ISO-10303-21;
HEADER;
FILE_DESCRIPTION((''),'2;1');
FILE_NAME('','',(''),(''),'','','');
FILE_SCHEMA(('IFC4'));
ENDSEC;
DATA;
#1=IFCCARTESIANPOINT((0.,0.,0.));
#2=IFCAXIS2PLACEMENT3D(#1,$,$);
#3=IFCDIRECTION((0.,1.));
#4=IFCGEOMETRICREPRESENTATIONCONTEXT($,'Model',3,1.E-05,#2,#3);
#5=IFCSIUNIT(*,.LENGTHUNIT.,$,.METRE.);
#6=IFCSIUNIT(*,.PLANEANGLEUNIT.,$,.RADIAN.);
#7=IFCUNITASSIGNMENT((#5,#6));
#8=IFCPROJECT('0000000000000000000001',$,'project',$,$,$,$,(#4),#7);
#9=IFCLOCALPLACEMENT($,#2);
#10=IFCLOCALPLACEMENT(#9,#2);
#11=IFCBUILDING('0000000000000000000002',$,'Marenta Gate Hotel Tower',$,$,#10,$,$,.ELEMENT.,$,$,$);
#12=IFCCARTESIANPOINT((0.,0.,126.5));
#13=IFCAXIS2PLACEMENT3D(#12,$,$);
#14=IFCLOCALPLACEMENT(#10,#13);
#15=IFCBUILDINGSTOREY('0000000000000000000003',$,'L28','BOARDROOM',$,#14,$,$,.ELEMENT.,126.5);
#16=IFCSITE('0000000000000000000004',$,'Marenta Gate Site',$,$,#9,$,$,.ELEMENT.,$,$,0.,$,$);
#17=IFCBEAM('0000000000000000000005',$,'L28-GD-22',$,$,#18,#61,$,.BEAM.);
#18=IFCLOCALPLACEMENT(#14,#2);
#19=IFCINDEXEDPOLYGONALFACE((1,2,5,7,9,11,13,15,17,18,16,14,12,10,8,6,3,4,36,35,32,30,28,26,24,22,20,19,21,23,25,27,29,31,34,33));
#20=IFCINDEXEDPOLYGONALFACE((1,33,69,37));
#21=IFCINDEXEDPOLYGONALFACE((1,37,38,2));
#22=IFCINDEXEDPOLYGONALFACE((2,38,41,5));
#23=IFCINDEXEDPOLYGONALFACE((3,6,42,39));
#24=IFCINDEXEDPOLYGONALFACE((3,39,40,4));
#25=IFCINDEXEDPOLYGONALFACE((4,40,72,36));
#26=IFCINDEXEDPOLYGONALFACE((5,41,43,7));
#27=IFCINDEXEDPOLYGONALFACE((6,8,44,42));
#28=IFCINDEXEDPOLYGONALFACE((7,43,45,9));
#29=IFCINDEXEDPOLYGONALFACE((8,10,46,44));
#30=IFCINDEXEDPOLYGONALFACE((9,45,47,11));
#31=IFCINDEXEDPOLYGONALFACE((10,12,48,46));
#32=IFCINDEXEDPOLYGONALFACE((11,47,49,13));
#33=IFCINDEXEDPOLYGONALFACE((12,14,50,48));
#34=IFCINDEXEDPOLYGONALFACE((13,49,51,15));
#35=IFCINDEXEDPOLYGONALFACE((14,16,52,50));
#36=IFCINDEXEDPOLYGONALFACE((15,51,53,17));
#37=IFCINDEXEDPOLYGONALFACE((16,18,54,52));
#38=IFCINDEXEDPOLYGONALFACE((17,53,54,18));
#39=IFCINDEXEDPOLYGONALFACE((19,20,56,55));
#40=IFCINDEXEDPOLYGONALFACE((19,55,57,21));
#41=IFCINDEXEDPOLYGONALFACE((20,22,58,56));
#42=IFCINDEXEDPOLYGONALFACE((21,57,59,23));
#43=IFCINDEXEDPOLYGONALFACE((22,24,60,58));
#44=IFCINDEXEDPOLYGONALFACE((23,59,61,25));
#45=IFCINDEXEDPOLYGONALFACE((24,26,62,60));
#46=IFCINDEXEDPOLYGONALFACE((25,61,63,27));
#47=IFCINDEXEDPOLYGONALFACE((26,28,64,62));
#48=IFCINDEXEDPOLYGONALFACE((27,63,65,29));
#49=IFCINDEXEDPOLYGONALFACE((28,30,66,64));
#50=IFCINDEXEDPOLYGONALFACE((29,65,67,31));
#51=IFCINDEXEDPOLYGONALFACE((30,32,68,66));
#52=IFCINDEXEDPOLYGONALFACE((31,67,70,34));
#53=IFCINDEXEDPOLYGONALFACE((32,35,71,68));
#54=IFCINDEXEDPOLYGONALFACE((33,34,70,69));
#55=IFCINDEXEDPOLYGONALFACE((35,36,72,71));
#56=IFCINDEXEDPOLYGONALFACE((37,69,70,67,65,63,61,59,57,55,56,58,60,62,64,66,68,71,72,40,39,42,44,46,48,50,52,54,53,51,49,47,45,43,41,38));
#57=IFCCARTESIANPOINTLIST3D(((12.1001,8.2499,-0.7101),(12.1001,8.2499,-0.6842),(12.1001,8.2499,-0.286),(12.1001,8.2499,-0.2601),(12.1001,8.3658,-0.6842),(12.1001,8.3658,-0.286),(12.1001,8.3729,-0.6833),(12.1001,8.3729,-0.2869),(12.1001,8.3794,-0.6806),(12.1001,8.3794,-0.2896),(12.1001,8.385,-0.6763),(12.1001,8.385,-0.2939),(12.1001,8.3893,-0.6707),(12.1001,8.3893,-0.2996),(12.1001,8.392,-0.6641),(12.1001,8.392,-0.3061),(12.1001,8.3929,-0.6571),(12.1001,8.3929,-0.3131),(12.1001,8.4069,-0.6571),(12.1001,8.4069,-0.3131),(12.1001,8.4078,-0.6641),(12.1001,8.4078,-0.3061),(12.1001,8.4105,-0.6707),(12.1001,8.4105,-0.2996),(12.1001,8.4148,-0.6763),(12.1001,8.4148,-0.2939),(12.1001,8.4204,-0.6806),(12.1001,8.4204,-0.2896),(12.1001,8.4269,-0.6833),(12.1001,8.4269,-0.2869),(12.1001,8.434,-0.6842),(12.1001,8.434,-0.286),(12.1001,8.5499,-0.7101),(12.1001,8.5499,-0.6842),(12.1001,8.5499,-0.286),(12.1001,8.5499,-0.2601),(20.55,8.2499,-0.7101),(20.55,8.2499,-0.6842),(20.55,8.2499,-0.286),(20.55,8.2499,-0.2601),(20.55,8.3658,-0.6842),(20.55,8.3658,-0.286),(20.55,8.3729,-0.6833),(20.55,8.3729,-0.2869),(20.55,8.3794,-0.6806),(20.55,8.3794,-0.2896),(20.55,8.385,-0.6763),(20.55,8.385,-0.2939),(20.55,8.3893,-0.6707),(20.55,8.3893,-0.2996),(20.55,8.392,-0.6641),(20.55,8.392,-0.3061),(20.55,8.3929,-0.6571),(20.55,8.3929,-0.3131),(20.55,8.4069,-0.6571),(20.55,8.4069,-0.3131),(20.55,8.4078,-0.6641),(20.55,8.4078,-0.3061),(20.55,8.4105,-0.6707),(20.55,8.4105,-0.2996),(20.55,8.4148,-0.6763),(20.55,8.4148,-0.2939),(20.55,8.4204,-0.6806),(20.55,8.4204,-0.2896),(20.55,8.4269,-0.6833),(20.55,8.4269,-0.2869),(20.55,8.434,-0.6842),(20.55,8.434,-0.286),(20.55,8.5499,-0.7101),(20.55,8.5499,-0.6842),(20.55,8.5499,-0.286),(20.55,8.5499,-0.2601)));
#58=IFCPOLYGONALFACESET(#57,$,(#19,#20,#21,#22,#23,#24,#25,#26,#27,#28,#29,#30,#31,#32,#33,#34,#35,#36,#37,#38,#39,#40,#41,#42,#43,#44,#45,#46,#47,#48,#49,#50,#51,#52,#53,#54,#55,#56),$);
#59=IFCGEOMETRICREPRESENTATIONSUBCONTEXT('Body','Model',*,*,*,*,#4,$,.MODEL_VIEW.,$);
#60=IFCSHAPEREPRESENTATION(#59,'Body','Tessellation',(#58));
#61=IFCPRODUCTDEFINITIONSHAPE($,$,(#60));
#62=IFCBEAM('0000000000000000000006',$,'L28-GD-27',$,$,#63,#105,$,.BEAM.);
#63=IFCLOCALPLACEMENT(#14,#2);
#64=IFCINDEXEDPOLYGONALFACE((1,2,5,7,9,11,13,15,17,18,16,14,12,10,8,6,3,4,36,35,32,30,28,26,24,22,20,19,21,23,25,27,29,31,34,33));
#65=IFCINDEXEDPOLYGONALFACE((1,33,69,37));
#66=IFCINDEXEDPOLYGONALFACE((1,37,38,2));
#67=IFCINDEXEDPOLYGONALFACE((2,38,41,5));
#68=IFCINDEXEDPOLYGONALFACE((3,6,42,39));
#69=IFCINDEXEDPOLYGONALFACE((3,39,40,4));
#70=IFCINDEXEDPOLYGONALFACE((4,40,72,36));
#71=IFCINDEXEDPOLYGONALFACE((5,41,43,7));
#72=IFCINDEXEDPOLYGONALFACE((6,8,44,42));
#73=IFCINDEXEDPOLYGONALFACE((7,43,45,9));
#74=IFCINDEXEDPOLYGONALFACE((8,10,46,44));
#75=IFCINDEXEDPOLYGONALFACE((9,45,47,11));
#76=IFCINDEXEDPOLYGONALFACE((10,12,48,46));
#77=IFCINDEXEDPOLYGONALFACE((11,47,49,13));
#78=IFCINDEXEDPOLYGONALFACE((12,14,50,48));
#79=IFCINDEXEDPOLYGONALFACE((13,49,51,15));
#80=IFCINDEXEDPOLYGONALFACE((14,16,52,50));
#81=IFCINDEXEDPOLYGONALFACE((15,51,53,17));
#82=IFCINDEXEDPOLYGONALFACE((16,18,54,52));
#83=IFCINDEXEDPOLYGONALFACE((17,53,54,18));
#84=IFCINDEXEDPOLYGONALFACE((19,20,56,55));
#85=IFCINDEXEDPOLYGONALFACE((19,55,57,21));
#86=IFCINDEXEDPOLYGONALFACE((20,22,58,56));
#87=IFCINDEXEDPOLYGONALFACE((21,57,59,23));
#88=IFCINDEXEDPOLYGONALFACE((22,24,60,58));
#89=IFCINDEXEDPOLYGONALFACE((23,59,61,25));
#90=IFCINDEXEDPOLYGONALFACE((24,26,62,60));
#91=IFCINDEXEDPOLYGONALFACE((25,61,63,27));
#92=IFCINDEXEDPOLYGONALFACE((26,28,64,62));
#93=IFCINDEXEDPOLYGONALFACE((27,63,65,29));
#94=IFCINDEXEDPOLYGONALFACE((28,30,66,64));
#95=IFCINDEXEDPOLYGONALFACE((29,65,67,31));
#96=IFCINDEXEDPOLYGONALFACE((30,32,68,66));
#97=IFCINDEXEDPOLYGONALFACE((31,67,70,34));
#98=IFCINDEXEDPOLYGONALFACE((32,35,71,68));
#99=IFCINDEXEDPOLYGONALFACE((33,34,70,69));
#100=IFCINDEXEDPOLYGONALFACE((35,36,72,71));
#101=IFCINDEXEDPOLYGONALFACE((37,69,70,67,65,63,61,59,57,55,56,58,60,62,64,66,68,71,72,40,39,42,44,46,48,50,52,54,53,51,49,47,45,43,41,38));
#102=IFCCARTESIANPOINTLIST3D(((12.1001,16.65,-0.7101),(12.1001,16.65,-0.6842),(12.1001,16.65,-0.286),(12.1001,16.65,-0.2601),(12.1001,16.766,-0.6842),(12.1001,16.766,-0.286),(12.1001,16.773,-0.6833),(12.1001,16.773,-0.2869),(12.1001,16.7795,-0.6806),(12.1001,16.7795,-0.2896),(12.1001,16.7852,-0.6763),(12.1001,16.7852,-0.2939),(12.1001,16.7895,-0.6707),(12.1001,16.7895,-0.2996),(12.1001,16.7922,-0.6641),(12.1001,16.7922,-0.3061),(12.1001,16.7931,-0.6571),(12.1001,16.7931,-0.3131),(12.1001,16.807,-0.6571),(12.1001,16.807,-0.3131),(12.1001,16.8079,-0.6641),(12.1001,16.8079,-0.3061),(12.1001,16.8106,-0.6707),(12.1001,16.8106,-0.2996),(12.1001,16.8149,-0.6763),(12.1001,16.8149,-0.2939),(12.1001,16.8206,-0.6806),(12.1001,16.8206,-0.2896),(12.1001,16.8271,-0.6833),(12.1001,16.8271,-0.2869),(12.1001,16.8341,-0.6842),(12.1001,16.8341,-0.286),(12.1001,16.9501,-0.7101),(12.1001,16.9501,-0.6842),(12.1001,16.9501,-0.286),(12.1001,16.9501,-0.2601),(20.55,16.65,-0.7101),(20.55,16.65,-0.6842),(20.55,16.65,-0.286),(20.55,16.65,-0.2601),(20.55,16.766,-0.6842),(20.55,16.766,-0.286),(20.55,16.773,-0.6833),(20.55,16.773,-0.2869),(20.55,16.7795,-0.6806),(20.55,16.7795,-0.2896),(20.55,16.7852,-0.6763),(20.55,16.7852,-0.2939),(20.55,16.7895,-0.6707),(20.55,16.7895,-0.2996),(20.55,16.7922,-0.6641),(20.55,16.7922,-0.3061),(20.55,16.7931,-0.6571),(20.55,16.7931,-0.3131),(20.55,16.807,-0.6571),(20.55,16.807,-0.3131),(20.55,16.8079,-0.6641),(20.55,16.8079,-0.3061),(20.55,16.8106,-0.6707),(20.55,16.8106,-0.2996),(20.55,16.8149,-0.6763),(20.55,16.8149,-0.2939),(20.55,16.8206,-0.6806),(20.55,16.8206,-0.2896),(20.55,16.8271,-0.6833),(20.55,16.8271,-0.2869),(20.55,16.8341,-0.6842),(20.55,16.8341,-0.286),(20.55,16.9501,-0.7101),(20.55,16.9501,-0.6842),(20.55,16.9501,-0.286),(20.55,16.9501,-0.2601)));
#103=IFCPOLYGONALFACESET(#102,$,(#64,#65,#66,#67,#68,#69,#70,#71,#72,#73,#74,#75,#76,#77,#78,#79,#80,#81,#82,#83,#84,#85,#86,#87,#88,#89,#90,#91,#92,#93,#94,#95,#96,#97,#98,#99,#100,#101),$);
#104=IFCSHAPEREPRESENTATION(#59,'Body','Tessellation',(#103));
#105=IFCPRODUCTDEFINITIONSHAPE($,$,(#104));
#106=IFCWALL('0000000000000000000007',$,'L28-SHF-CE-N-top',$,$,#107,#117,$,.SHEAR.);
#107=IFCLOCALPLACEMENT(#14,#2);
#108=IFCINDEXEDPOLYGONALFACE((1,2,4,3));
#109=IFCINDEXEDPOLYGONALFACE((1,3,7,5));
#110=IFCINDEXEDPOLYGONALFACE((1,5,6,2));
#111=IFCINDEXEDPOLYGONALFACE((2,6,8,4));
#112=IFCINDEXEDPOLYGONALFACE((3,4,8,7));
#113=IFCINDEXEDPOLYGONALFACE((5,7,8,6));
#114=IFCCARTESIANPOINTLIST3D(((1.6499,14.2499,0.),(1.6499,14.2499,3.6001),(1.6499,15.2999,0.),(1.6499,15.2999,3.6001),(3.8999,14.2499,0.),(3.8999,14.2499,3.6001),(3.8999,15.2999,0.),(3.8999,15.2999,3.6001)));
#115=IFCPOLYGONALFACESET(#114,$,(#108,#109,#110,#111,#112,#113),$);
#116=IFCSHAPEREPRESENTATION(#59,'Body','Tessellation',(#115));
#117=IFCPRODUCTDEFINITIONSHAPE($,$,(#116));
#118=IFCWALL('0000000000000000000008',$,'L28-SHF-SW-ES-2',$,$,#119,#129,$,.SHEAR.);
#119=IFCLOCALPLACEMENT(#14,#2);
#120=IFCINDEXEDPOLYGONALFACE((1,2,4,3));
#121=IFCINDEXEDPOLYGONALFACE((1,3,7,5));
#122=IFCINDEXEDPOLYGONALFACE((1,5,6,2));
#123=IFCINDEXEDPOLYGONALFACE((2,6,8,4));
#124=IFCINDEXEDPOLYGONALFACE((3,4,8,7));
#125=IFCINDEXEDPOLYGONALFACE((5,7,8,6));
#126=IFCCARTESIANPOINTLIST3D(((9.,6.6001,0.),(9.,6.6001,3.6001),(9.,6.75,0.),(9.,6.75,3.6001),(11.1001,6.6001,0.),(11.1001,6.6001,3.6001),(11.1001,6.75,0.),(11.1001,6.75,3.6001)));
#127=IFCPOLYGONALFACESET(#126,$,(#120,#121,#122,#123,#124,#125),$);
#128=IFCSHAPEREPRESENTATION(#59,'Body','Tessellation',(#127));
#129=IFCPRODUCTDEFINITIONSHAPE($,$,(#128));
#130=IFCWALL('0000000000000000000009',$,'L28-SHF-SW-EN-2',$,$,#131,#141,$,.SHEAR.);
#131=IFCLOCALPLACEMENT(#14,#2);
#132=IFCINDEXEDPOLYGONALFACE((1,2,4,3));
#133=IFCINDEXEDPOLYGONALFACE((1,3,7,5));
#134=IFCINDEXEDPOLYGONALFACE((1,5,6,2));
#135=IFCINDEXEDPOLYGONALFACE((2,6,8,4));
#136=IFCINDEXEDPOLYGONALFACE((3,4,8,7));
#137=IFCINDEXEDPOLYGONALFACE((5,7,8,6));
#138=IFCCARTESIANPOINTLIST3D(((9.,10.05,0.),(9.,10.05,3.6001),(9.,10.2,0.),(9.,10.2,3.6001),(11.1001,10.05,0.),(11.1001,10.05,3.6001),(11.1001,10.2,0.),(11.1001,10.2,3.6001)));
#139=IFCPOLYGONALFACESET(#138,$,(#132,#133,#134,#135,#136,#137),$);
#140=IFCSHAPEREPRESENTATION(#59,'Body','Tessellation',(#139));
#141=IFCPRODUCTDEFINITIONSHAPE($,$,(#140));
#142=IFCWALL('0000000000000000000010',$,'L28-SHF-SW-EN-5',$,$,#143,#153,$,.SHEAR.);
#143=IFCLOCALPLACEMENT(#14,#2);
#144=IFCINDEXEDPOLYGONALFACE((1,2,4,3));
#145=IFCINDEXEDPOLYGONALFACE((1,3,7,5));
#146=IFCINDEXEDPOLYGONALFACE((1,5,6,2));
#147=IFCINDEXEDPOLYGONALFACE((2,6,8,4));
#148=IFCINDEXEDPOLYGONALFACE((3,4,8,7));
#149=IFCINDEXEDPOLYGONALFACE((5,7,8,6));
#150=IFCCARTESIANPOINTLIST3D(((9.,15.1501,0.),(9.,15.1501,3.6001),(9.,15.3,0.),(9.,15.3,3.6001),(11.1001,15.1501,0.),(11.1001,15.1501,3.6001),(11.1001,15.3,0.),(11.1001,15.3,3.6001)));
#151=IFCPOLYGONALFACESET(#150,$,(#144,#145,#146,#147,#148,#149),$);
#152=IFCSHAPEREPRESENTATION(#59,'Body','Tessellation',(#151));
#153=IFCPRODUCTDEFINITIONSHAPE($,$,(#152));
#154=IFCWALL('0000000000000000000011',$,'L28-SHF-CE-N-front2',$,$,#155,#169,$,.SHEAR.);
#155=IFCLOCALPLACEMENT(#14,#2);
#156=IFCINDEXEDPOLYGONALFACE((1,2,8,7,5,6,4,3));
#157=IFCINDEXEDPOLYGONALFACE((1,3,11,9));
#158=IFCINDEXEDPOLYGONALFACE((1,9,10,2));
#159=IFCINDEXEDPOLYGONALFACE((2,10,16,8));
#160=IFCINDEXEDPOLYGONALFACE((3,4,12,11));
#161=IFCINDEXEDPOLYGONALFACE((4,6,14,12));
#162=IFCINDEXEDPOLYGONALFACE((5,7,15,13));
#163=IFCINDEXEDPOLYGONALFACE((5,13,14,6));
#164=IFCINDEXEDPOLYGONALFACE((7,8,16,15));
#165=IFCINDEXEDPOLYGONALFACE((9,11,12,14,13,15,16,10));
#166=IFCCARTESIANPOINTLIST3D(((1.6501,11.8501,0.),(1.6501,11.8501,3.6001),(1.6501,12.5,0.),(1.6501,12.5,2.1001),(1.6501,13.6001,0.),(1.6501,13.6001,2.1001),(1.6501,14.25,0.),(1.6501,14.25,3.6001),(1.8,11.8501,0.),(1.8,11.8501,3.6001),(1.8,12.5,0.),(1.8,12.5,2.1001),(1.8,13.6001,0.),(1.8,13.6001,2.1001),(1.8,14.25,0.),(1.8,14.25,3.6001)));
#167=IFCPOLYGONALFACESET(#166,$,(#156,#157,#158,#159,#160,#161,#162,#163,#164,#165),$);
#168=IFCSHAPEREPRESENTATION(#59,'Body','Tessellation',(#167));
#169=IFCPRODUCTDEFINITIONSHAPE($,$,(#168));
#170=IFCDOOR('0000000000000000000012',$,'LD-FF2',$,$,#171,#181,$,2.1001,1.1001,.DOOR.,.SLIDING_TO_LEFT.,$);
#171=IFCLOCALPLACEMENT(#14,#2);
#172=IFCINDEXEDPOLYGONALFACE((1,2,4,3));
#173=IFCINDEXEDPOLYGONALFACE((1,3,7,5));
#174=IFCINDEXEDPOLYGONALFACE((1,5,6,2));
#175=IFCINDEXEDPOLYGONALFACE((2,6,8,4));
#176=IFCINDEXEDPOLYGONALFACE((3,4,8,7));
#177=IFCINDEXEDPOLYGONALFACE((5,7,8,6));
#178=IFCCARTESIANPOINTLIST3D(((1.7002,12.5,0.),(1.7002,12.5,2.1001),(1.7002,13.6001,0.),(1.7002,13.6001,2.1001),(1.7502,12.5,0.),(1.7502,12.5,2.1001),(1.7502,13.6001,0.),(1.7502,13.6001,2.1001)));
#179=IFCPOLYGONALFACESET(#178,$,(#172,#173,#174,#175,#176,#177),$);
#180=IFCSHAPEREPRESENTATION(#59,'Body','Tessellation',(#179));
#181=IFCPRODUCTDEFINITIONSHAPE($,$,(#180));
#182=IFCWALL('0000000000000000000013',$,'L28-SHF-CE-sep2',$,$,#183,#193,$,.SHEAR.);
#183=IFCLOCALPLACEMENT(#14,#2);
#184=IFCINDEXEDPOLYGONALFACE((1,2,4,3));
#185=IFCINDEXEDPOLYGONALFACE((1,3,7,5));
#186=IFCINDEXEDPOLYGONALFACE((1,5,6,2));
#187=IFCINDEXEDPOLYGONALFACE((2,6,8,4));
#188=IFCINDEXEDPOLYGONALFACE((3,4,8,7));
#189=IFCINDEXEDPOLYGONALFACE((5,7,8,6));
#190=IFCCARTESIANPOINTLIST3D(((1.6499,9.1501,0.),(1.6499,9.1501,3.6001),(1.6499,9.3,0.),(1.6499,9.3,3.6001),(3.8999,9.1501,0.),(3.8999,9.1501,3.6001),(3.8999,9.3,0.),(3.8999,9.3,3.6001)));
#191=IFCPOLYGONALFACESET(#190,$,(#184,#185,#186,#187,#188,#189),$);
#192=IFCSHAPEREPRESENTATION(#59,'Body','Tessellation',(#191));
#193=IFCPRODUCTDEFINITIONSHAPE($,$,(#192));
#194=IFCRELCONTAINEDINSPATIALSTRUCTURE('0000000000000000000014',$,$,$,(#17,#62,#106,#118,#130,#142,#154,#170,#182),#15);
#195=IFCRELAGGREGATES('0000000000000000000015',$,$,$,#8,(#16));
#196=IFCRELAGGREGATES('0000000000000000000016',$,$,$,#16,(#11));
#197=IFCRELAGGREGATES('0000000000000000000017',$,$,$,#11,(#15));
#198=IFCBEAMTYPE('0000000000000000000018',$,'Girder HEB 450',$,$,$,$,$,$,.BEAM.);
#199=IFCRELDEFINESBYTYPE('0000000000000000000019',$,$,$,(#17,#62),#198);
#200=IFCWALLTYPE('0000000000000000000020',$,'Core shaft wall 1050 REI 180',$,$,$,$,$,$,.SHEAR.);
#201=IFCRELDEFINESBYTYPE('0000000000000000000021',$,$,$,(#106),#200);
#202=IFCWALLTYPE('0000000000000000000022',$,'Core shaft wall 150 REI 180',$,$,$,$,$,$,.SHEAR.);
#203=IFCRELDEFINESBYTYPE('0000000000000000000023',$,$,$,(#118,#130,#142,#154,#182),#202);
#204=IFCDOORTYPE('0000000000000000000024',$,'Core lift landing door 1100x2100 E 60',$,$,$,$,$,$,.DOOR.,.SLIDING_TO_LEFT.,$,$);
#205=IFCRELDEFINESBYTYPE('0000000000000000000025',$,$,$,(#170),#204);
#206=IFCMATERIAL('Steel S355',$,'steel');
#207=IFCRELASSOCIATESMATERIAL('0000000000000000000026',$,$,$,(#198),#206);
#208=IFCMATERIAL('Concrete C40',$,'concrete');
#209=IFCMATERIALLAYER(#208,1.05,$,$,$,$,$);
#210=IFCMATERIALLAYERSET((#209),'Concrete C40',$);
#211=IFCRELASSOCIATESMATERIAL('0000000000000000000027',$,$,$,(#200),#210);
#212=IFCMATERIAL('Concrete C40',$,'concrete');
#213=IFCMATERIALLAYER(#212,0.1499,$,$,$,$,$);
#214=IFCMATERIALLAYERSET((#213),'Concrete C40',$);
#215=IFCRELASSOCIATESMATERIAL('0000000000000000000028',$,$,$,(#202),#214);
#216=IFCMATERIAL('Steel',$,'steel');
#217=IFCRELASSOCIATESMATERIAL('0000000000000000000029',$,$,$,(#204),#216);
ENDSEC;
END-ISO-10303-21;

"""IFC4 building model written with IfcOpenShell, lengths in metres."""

from ifc_helpers import new_model, si_unit, direction, frame, frame_2d, origin, origin_2d, place, context, subcontext, project, spatial, rectangle, i_section, extrude, material, layer, layer_set, material_profile, profile_set, type_object, element, fill, save


model = new_model("IFC4")

# Units and contexts
model_context = context("Model", 3, precision=1e-05, world=origin(), true_north=direction((0.0, 1.0)))
body_context = subcontext(model_context, "Body", "Model", "MODEL_VIEW")
ifc_project = project(units=[si_unit("LENGTHUNIT", "METRE"), si_unit("PLANEANGLEUNIT", "RADIAN")], contexts=[model_context])

# Site, building, storey
site_placement = place(None, origin())
site = spatial("IfcSite", under=ifc_project, at=site_placement, Name="Marenta Gate Site", CompositionType="ELEMENT", RefElevation=0.0)
building_placement = place(site_placement, origin())
building = spatial("IfcBuilding", under=site, at=building_placement, Name="Marenta Gate Hotel Tower", CompositionType="ELEMENT")
storey_placement = place(building_placement, frame((0.0, 0.0, 126.5)))
storey = spatial("IfcBuildingStorey", under=building, at=storey_placement, Name="L28", Description="BOARDROOM", CompositionType="ELEMENT", Elevation=126.5)

# Beams
ifc_material_1 = material(Name="Steel S355", Category="steel")
ifc_material_profile = material_profile(ifc_material_1, i_section(OverallWidth=0.3, OverallDepth=0.45, WebThickness=0.0139, FlangeThickness=0.0259, FilletRadius=0.0271, at=origin_2d()), Name="HEB 450")
ifc_profile_set = profile_set([ifc_material_profile], Name="Steel S355")
beam_type = type_object("IfcBeamType", Name="Girder HEB 450", PredefinedType="BEAM", material=ifc_profile_set)
for number, where, z_axis, x_axis, name in (
    (1, (12.1001, 8.3999, -0.4851), (1.0, 0.0, 0.0), (0.0, 1.0, 0.0), "L28-GD-22"),
    (2, (12.1001, 16.8, -0.4851), (1.0, 0.0, 0.0), (0.0, 1.0, 0.0), "L28-GD-27"),
):
    element("IfcBeam", number, at=place(storey_placement, frame(where, z_axis=z_axis, x_axis=x_axis)), inside=storey, type_object=beam_type, Name=name, PredefinedType="BEAM", context=body_context, shape_type="SweptSolid", body=[
        extrude(i_section(OverallWidth=0.3, OverallDepth=0.45, WebThickness=0.0139, FlangeThickness=0.0259, FilletRadius=0.0271, at=origin_2d()), origin(), (0.0, 0.0, 1.0), 8.45),
    ])

# Walls
ifc_material_2 = material(Name="Concrete C40", Category="concrete")
ifc_layer_1 = layer(ifc_material_2, 1.05)
ifc_layer_set_1 = layer_set([ifc_layer_1], Name="Concrete C40")
wall_type_1 = type_object("IfcWallType", Name="Core shaft wall 1050 REI 180", PredefinedType="SHEAR", material=ifc_layer_set_1)
wall_1_placement = place(storey_placement, frame((1.6499, 14.7749, 0.0), z_axis=(0.0, 0.0, 1.0), x_axis=(1.0, 0.0, 0.0)))
element("IfcWall", 3, at=wall_1_placement, inside=storey, type_object=wall_type_1, Name="L28-SHF-CE-N-top", PredefinedType="SHEAR", context=body_context, shape_type="SweptSolid", body=[
    extrude(rectangle(XDim=2.25, YDim=1.05, at=frame_2d((1.125, 0.0))), origin(), (0.0, 0.0, 1.0), 3.6001),
])
ifc_material_3 = material(Name="Concrete C40", Category="concrete")
ifc_layer_2 = layer(ifc_material_3, 0.1499)
ifc_layer_set_2 = layer_set([ifc_layer_2], Name="Concrete C40")
wall_type_2 = type_object("IfcWallType", Name="Core shaft wall 150 REI 180", PredefinedType="SHEAR", material=ifc_layer_set_2)
for number, where, z_axis, x_axis, name in (
    (4, (9.0, 6.675, 0.0), (0.0, 0.0, 1.0), (1.0, 0.0, 0.0), "L28-SHF-SW-ES-2"),
    (5, (9.0, 10.125, 0.0), (0.0, 0.0, 1.0), (1.0, 0.0, 0.0), "L28-SHF-SW-EN-2"),
    (6, (9.0, 15.2251, 0.0), (0.0, 0.0, 1.0), (1.0, 0.0, 0.0), "L28-SHF-SW-EN-5"),
):
    element("IfcWall", number, at=place(storey_placement, frame(where, z_axis=z_axis, x_axis=x_axis)), inside=storey, type_object=wall_type_2, Name=name, PredefinedType="SHEAR", context=body_context, shape_type="SweptSolid", body=[
        extrude(rectangle(XDim=2.1001, YDim=0.1499, at=frame_2d((1.05, 0.0))), origin(), (0.0, 0.0, 1.0), 3.6001),
    ])

# Wall, opening, door
wall_2_placement = place(storey_placement, frame((1.7251, 11.8501, 0.0), z_axis=(0.0, 0.0, 1.0), x_axis=(0.0, 1.0, 0.0)))
wall_2 = element("IfcWall", 7, at=wall_2_placement, inside=storey, type_object=wall_type_2, Name="L28-SHF-CE-N-front2", PredefinedType="SHEAR", context=body_context, shape_type="SweptSolid", body=[
    extrude(rectangle(XDim=2.3999, YDim=0.1499, at=frame_2d((1.2, 0.0))), origin(), (0.0, 0.0, 1.0), 3.6001),
])
opening_1_placement = place(wall_2_placement, frame((0.6499, 0.0, 0.0)))
opening_1 = element("IfcOpeningElement", 8, at=opening_1_placement, cuts=wall_2, PredefinedType="OPENING", context=body_context, shape_type="SweptSolid", body=[
    extrude(rectangle(XDim=1.1001, YDim=2.1001, at=frame_2d((0.55, 1.05))), frame((0.0, 0.075, 0.0), z_axis=(0.0, -1.0, 0.0), x_axis=(1.0, 0.0, 0.0)), (0.0, 0.0, 1.0), 0.1499),
])
ifc_material_4 = material(Name="Steel", Category="steel")
door_type_1 = type_object("IfcDoorType", Name="Core lift landing door 1100x2100 E 60", OperationType="SLIDING_TO_LEFT", PredefinedType="DOOR", material=ifc_material_4)
door_1_placement = place(opening_1_placement, origin())
door_1 = element("IfcDoor", 9, at=door_1_placement, inside=storey, type_object=door_type_1, Name="LD-FF2", OperationType="SLIDING_TO_LEFT", OverallHeight=2.1001, OverallWidth=1.1001, PredefinedType="DOOR", context=body_context, shape_type="SweptSolid", body=[
    extrude(rectangle(XDim=1.1001, YDim=2.1001, at=frame_2d((0.55, 1.05))), frame((0.0, 0.0249, 0.0), z_axis=(0.0, -1.0, 0.0), x_axis=(1.0, 0.0, 0.0)), (0.0, 0.0, 1.0), 0.05),
])
fill(opening_1, door_1)

# Wall
wall_3_placement = place(storey_placement, frame((1.6499, 9.2251, 0.0), z_axis=(0.0, 0.0, 1.0), x_axis=(1.0, 0.0, 0.0)))
element("IfcWall", 10, at=wall_3_placement, inside=storey, type_object=wall_type_2, Name="L28-SHF-CE-sep2", PredefinedType="SHEAR", context=body_context, shape_type="SweptSolid", body=[
    extrude(rectangle(XDim=2.25, YDim=0.1499, at=frame_2d((1.125, 0.0))), origin(), (0.0, 0.0, 1.0), 3.6001),
])

save(model, "model.ifc")
